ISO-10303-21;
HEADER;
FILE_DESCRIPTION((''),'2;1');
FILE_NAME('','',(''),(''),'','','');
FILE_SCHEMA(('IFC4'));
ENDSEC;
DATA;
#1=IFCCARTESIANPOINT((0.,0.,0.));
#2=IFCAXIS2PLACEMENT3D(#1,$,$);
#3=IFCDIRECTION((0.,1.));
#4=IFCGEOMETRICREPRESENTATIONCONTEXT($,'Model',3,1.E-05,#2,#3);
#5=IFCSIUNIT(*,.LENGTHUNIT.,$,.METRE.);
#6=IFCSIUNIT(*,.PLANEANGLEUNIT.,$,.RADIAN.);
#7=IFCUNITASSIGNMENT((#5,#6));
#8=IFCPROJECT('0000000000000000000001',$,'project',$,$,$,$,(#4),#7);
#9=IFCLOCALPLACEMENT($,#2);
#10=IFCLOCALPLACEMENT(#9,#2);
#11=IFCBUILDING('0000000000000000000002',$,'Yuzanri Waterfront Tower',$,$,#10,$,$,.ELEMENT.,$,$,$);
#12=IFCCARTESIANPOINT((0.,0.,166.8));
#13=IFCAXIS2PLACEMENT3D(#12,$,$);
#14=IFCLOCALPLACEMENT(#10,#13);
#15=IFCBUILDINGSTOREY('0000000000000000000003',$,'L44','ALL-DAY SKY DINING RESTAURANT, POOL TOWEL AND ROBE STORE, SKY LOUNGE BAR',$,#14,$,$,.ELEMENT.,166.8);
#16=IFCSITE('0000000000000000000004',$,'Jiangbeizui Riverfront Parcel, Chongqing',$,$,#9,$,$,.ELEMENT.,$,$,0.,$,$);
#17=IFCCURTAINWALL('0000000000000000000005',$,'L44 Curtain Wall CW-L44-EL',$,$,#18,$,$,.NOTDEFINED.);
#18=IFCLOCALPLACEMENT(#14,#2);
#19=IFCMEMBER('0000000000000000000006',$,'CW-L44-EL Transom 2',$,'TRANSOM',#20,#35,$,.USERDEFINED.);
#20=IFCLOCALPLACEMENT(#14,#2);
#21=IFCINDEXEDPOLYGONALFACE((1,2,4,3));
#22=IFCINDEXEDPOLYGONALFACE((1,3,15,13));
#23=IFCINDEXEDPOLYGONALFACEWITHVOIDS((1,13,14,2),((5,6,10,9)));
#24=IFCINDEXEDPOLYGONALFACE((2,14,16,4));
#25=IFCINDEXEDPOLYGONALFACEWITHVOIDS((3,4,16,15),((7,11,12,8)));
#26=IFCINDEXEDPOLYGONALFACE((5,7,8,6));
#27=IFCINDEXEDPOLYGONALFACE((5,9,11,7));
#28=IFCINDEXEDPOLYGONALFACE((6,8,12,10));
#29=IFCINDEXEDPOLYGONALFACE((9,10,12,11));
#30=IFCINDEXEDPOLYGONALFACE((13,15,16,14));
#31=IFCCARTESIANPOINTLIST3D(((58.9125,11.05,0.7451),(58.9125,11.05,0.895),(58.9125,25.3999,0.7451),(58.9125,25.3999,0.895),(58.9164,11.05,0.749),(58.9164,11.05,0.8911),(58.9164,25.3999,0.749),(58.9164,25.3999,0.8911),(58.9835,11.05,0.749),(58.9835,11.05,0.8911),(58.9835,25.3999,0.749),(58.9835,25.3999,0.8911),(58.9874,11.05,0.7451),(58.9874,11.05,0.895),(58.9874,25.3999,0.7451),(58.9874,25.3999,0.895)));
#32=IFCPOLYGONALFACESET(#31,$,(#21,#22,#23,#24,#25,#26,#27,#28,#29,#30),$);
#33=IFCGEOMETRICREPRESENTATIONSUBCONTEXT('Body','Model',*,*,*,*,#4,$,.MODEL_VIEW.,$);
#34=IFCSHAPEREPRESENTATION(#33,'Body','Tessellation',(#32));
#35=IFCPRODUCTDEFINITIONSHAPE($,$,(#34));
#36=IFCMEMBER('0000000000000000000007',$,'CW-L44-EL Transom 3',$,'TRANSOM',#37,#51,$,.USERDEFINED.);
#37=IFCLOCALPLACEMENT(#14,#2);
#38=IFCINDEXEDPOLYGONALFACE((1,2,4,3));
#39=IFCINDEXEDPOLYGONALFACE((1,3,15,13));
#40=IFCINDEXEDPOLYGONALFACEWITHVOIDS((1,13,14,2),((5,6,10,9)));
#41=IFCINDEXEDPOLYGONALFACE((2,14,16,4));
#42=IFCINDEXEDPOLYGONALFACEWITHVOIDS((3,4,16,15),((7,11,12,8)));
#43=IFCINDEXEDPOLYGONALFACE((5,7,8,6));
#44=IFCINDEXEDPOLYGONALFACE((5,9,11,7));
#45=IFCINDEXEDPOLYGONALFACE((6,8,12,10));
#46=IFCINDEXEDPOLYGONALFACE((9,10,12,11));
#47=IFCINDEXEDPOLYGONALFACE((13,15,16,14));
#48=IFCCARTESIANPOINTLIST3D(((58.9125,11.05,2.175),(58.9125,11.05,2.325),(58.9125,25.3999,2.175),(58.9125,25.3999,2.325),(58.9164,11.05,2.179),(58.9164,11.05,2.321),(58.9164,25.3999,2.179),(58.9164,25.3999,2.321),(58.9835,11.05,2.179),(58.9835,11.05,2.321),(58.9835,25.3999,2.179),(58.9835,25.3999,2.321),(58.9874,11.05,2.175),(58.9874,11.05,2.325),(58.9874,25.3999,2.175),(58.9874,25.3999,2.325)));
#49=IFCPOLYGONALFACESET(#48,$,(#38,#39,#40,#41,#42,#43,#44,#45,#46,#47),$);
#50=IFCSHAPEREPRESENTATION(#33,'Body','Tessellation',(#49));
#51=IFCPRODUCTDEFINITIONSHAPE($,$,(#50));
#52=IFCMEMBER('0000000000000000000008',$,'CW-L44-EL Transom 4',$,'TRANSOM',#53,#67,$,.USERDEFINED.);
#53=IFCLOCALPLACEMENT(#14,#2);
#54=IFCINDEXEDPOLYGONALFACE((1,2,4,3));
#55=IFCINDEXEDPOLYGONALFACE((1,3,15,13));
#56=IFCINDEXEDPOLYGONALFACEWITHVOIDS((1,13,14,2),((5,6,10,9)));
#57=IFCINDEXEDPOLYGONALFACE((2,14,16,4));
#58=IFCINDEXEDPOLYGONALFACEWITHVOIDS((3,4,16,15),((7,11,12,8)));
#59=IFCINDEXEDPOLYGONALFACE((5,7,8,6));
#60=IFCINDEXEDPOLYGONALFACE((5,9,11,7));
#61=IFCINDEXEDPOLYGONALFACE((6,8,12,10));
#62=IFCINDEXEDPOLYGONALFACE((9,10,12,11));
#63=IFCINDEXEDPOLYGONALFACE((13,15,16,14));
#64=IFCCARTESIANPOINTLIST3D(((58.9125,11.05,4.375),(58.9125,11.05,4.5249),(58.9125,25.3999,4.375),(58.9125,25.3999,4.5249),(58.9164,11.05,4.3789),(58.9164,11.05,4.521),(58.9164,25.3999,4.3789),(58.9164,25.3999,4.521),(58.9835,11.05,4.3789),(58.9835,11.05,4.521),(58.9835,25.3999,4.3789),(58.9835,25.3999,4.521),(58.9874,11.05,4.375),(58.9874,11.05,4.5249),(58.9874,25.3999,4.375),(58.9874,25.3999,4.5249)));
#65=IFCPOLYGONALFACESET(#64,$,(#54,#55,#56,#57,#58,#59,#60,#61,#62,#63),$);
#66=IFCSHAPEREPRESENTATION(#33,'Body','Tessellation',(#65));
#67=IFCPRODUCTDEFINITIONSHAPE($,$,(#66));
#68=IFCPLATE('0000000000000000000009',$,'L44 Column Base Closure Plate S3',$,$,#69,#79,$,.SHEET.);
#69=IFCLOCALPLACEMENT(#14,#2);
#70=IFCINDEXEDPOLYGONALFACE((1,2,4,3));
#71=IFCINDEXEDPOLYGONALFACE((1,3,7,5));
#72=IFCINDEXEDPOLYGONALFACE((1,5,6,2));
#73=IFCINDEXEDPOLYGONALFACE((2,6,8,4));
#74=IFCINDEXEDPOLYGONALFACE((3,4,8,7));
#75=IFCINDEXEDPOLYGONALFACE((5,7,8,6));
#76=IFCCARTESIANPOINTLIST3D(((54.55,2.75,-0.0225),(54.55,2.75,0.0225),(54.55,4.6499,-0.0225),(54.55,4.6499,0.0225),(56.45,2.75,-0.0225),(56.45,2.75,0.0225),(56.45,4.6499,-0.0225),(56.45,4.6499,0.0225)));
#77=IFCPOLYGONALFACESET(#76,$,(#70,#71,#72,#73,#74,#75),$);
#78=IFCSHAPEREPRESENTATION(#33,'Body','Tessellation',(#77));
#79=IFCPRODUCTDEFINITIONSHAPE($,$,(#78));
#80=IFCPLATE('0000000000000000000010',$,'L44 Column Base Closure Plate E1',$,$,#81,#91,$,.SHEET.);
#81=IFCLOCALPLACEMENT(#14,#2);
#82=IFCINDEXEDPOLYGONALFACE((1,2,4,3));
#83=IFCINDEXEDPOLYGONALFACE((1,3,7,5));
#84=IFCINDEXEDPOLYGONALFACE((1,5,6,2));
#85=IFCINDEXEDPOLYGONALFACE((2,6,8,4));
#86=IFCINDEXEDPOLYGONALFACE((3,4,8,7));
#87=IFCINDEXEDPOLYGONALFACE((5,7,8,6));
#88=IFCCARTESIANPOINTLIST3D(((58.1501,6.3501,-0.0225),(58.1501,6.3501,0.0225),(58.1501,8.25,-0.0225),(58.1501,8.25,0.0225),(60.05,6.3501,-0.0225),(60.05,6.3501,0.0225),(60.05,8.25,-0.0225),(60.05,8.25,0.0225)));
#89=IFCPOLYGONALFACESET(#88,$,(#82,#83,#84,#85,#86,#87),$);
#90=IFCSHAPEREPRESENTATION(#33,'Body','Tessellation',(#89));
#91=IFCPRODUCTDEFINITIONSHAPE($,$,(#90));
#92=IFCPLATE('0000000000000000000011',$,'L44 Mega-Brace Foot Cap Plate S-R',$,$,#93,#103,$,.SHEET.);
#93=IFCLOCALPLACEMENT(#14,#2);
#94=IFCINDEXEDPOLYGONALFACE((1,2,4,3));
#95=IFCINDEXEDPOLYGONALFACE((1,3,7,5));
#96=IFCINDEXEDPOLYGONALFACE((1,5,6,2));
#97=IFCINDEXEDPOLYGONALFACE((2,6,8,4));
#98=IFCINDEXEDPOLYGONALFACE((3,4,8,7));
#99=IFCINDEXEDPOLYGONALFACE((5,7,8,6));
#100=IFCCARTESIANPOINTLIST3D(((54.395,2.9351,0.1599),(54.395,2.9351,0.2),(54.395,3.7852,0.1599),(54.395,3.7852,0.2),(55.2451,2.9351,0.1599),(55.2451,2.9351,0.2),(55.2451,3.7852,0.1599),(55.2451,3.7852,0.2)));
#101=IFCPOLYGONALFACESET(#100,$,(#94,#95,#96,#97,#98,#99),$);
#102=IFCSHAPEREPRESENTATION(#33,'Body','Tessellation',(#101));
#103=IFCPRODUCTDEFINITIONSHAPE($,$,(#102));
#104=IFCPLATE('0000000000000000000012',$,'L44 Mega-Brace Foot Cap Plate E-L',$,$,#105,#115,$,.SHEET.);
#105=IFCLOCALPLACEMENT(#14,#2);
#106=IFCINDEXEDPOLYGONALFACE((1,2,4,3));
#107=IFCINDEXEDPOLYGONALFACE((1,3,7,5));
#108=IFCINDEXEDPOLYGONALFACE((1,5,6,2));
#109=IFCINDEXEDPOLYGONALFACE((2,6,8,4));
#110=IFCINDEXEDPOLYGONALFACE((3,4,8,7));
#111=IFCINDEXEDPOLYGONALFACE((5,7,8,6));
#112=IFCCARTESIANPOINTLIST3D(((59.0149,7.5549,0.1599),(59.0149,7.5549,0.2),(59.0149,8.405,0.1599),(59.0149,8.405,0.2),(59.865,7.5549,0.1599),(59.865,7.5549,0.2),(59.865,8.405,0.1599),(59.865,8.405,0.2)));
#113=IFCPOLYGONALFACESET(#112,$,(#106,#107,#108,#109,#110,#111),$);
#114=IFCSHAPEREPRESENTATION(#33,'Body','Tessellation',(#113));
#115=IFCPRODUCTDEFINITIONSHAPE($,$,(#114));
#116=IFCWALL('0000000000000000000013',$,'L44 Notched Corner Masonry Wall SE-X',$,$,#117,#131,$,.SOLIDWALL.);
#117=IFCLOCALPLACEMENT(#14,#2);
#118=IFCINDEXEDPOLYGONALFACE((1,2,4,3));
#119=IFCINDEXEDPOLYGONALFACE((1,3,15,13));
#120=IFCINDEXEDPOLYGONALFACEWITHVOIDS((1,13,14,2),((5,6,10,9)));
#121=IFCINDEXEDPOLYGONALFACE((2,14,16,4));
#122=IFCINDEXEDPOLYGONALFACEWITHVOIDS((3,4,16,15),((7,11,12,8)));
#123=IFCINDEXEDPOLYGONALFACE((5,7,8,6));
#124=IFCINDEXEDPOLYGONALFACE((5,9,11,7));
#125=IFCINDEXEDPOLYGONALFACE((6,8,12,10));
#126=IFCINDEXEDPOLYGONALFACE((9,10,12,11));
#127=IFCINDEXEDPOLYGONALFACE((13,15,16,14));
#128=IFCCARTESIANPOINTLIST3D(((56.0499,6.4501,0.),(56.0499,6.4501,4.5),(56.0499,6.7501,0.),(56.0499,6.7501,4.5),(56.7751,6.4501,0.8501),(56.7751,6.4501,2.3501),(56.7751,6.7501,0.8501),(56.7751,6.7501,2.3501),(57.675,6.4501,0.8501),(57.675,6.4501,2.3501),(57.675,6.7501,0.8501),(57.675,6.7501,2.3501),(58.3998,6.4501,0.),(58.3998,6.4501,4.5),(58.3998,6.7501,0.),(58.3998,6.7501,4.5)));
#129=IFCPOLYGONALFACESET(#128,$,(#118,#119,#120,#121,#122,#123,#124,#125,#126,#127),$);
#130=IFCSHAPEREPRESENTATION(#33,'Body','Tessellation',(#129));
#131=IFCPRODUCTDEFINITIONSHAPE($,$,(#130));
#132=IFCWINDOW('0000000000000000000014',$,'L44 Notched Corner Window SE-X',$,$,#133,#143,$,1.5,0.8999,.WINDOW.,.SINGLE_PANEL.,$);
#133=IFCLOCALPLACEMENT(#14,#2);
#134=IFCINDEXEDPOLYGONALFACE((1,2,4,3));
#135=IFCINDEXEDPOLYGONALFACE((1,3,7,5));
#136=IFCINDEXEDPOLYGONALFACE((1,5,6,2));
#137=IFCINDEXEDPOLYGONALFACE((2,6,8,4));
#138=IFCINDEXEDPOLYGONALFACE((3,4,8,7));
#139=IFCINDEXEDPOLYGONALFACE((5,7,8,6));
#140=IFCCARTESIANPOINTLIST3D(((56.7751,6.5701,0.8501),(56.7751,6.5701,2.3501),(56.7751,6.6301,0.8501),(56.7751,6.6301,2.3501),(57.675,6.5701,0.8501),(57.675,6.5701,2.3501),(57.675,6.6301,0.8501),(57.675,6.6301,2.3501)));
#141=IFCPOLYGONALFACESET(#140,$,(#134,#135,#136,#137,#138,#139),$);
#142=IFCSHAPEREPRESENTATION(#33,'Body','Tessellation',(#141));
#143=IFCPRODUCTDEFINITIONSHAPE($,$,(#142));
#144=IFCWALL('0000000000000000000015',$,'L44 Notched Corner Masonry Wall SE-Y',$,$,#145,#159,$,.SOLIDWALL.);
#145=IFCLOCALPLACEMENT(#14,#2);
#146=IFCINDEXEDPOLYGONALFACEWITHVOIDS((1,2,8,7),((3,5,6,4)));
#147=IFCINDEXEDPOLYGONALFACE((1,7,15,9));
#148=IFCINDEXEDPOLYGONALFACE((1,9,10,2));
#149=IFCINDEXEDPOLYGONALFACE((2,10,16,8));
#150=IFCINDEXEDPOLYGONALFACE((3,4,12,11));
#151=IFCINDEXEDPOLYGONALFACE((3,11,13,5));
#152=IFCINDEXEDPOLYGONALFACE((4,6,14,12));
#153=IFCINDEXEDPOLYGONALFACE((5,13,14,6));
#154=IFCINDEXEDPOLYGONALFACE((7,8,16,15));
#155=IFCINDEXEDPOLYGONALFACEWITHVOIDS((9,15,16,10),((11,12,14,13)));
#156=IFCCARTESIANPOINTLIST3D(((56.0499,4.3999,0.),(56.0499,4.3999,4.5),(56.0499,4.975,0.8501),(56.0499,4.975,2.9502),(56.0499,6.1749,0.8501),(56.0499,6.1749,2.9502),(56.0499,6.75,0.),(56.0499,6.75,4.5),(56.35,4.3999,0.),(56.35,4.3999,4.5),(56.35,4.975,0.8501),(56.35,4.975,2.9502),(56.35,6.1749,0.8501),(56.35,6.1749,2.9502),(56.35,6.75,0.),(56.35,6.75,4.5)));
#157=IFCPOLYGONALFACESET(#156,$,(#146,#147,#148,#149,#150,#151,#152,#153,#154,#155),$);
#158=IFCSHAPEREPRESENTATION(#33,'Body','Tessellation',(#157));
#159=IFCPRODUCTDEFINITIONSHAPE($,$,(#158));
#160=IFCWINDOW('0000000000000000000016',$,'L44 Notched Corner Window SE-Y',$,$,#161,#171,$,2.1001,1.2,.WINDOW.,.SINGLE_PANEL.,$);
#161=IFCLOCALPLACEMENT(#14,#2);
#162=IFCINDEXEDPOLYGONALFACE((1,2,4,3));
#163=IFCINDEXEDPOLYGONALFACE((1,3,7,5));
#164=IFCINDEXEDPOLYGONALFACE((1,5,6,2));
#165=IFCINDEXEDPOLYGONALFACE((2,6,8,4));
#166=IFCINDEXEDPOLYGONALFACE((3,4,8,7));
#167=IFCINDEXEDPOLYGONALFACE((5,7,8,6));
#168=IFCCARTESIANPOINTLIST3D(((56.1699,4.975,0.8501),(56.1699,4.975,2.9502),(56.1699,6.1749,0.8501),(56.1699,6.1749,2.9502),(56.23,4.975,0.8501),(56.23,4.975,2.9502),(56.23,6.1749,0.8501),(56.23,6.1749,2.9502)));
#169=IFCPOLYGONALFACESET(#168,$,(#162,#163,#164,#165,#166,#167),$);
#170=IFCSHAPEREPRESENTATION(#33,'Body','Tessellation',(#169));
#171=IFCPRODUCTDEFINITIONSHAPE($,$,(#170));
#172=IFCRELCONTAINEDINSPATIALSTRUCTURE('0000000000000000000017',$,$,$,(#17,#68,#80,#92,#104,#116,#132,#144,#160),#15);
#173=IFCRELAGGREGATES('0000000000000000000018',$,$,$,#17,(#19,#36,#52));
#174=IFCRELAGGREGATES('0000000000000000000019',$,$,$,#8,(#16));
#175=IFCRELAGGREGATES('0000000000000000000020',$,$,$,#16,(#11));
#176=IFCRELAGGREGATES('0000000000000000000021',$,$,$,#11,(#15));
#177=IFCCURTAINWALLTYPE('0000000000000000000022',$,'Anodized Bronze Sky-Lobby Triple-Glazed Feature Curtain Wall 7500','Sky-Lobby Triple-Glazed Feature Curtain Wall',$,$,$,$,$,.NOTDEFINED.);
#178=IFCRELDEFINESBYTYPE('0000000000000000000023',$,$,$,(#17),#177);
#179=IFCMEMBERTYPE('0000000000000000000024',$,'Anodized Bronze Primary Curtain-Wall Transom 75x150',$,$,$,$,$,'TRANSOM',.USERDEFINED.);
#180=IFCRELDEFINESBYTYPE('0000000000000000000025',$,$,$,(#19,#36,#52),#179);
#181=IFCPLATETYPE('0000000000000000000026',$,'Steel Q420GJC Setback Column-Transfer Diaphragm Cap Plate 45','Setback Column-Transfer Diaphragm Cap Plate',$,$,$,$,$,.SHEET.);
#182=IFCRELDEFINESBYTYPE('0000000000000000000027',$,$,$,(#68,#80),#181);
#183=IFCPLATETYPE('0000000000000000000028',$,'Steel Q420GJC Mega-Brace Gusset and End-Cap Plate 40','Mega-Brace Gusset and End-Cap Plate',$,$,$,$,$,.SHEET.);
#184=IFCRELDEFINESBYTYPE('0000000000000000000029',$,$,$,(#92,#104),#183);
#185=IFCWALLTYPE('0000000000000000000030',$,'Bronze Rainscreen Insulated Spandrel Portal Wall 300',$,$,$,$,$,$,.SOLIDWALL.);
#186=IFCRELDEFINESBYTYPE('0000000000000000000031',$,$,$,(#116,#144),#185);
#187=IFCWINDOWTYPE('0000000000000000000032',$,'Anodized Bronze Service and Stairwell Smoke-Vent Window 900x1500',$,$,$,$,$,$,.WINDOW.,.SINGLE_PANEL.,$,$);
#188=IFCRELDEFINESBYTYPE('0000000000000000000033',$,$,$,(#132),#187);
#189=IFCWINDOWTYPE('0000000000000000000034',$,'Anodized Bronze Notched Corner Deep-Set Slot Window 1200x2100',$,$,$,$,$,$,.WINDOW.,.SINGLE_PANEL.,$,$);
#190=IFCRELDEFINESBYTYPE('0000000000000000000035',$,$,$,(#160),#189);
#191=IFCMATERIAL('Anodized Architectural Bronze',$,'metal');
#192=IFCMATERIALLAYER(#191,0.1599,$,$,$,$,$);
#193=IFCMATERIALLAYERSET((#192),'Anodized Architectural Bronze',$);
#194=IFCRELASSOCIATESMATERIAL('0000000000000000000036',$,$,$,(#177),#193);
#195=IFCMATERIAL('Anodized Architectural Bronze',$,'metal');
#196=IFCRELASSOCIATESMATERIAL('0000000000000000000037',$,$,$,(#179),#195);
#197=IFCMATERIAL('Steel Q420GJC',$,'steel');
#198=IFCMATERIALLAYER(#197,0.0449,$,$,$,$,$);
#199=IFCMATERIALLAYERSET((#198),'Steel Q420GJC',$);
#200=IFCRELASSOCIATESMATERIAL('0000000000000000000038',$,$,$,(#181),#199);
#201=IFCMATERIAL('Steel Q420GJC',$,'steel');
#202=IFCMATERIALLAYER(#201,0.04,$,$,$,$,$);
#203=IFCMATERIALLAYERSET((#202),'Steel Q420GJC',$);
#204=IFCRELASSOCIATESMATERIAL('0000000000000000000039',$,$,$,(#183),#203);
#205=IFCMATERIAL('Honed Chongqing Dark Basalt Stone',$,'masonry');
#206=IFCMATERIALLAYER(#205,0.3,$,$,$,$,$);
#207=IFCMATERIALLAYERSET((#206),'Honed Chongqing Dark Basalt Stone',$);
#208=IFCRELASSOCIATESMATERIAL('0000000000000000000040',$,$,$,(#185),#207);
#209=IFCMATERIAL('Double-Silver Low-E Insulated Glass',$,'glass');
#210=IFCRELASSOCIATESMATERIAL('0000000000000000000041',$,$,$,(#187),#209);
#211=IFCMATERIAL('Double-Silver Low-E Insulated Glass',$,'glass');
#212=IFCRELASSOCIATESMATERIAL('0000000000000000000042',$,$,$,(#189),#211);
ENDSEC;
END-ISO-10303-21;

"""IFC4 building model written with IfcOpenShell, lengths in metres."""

from ifc_helpers import new_model, si_unit, direction, frame, frame_2d, origin, origin_2d, place, context, subcontext, project, spatial, rectangle, hollow_rectangle, extrude, source, transform, mapped, material, layer, layer_set, material_profile, profile_set, type_object, element, fill, aggregate, save


model = new_model("IFC4")

# Units and contexts
model_context = context("Model", 3, precision=1e-05, world=origin(), true_north=direction((0.0, 1.0)))
body_context = subcontext(model_context, "Body", "Model", "MODEL_VIEW")
ifc_project = project(units=[si_unit("LENGTHUNIT", "METRE"), si_unit("PLANEANGLEUNIT", "RADIAN")], contexts=[model_context])

# Site, building, storey
site_placement = place(None, origin())
site = spatial("IfcSite", under=ifc_project, at=site_placement, Name="Jiangbeizui Riverfront Parcel, Chongqing", CompositionType="ELEMENT", RefElevation=0.0)
building_placement = place(site_placement, origin())
building = spatial("IfcBuilding", under=site, at=building_placement, Name="Yuzanri Waterfront Tower", CompositionType="ELEMENT")
storey_placement = place(building_placement, frame((0.0, 0.0, 166.8)))
storey = spatial("IfcBuildingStorey", under=building, at=storey_placement, Name="L44", Description="ALL-DAY SKY DINING RESTAURANT, POOL TOWEL AND ROBE STORE, SKY LOUNGE BAR", CompositionType="ELEMENT", Elevation=166.8)

# Curtain wall, members
ifc_material_1 = material(Name="Anodized Architectural Bronze", Category="metal")
ifc_layer_1 = layer(ifc_material_1, 0.1599)
ifc_layer_set_1 = layer_set([ifc_layer_1], Name="Anodized Architectural Bronze")
curtain_wall_type = type_object("IfcCurtainWallType", Name="Anodized Bronze Sky-Lobby Triple-Glazed Feature Curtain Wall 7500", Description="Sky-Lobby Triple-Glazed Feature Curtain Wall", PredefinedType="NOTDEFINED", material=ifc_layer_set_1)
curtain_wall_1_placement = place(storey_placement, origin())
curtain_wall_1 = element("IfcCurtainWall", 1, at=curtain_wall_1_placement, inside=storey, type_object=curtain_wall_type, Name="L44 Curtain Wall CW-L44-EL", PredefinedType="NOTDEFINED")
ifc_material_2 = material(Name="Anodized Architectural Bronze", Category="metal")
ifc_material_profile_1 = material_profile(ifc_material_2, hollow_rectangle(XDim=0.075, YDim=0.1499, WallThickness=0.0039, at=origin_2d()), Name="CWT 75x150")
ifc_profile_set_1 = profile_set([ifc_material_profile_1], Name="Anodized Architectural Bronze")
member_type_1 = type_object("IfcMemberType", Name="Anodized Bronze Primary Curtain-Wall Transom 75x150", ElementType="TRANSOM", PredefinedType="USERDEFINED", material=ifc_profile_set_1)
shared_shape_1 = source(origin(), body_context, "Body", "SweptSolid", [
    extrude(hollow_rectangle(XDim=0.075, YDim=0.1499, WallThickness=0.0039, at=origin_2d()), origin(), (0.0, 0.0, 1.0), 14.3499),
])
member_1_placement = place(storey_placement, frame((58.95, 11.05, 0.8201), z_axis=(0.0, 1.0, 0.0), x_axis=(-1.0, 0.0, 0.0)))
member_1 = element("IfcMember", 2, at=member_1_placement, type_object=member_type_1, Name="CW-L44-EL Transom 2", ObjectType="TRANSOM", PredefinedType="USERDEFINED", context=body_context, shape_type="MappedRepresentation", body=[
    mapped(shared_shape_1, transform((0.0, 0.0, 0.0), scale=1.0)),
])
member_2_placement = place(storey_placement, frame((58.95, 11.05, 2.25), z_axis=(0.0, 1.0, 0.0), x_axis=(-1.0, 0.0, 0.0)))
member_2 = element("IfcMember", 3, at=member_2_placement, type_object=member_type_1, Name="CW-L44-EL Transom 3", ObjectType="TRANSOM", PredefinedType="USERDEFINED", context=body_context, shape_type="MappedRepresentation", body=[
    mapped(shared_shape_1, transform((0.0, 0.0, 0.0), scale=1.0)),
])
member_3_placement = place(storey_placement, frame((58.95, 11.05, 4.45), z_axis=(0.0, 1.0, 0.0), x_axis=(-1.0, 0.0, 0.0)))
member_3 = element("IfcMember", 4, at=member_3_placement, type_object=member_type_1, Name="CW-L44-EL Transom 4", ObjectType="TRANSOM", PredefinedType="USERDEFINED", context=body_context, shape_type="MappedRepresentation", body=[
    mapped(shared_shape_1, transform((0.0, 0.0, 0.0), scale=1.0)),
])
aggregate(curtain_wall_1, [member_1, member_2, member_3])

# Plates
ifc_material_3 = material(Name="Steel Q420GJC", Category="steel")
ifc_layer_2 = layer(ifc_material_3, 0.0449)
ifc_layer_set_2 = layer_set([ifc_layer_2], Name="Steel Q420GJC")
plate_type_1 = type_object("IfcPlateType", Name="Steel Q420GJC Setback Column-Transfer Diaphragm Cap Plate 45", Description="Setback Column-Transfer Diaphragm Cap Plate", PredefinedType="SHEET", material=ifc_layer_set_2)
shared_shape_2 = source(origin(), body_context, "Body", "SweptSolid", [
    extrude(rectangle(XDim=1.8999, YDim=1.8999, at=origin_2d()), origin(), (0.0, 0.0, 1.0), 0.0449),
])
for number, where, z_axis, x_axis, name in (
    (5, (55.5, 3.7, -0.0225), (0.0, 0.0, 1.0), (1.0, 0.0, 0.0), "L44 Column Base Closure Plate S3"),
    (6, (59.1001, 7.3, -0.0225), (0.0, 0.0, 1.0), (1.0, 0.0, 0.0), "L44 Column Base Closure Plate E1"),
):
    element("IfcPlate", number, at=place(storey_placement, frame(where, z_axis=z_axis, x_axis=x_axis)), inside=storey, type_object=plate_type_1, Name=name, PredefinedType="SHEET", context=body_context, shape_type="MappedRepresentation", body=[
        mapped(shared_shape_2, transform((0.0, 0.0, 0.0), scale=1.0)),
    ])
ifc_material_4 = material(Name="Steel Q420GJC", Category="steel")
ifc_layer_3 = layer(ifc_material_4, 0.04)
ifc_layer_set_3 = layer_set([ifc_layer_3], Name="Steel Q420GJC")
plate_type_2 = type_object("IfcPlateType", Name="Steel Q420GJC Mega-Brace Gusset and End-Cap Plate 40", Description="Mega-Brace Gusset and End-Cap Plate", PredefinedType="SHEET", material=ifc_layer_set_3)
shared_shape_3 = source(origin(), body_context, "Body", "SweptSolid", [
    extrude(rectangle(XDim=0.8501, YDim=0.8501, at=origin_2d()), origin(), (0.0, 0.0, 1.0), 0.04),
])
for number, where, z_axis, x_axis, name in (
    (7, (54.8201, 3.3601, 0.1599), (0.0, 0.0, 1.0), (1.0, 0.0, 0.0), "L44 Mega-Brace Foot Cap Plate S-R"),
    (8, (59.4399, 7.98, 0.1599), (0.0, 0.0, 1.0), (1.0, 0.0, 0.0), "L44 Mega-Brace Foot Cap Plate E-L"),
):
    element("IfcPlate", number, at=place(storey_placement, frame(where, z_axis=z_axis, x_axis=x_axis)), inside=storey, type_object=plate_type_2, Name=name, PredefinedType="SHEET", context=body_context, shape_type="MappedRepresentation", body=[
        mapped(shared_shape_3, transform((0.0, 0.0, 0.0), scale=1.0)),
    ])

# Walls, openings, windows
ifc_material_5 = material(Name="Honed Chongqing Dark Basalt Stone", Category="masonry")
ifc_layer_4 = layer(ifc_material_5, 0.3)
ifc_layer_set_4 = layer_set([ifc_layer_4], Name="Honed Chongqing Dark Basalt Stone")
wall_type = type_object("IfcWallType", Name="Bronze Rainscreen Insulated Spandrel Portal Wall 300", PredefinedType="SOLIDWALL", material=ifc_layer_set_4)
wall_1_placement = place(storey_placement, frame((56.05, 6.6001, 0.0), z_axis=(0.0, 0.0, 1.0), x_axis=(1.0, 0.0, 0.0)))
wall_1 = element("IfcWall", 9, at=wall_1_placement, inside=storey, type_object=wall_type, Name="L44 Notched Corner Masonry Wall SE-X", PredefinedType="SOLIDWALL", context=body_context, shape_type="SweptSolid", body=[
    extrude(rectangle(XDim=2.3499, YDim=0.3, at=frame_2d((1.1748, 0.0))), origin(), (0.0, 0.0, 1.0), 4.5),
])
opening_1_placement = place(wall_1_placement, frame((0.7251, 0.0, 0.8501)))
opening_1 = element("IfcOpeningElement", 10, at=opening_1_placement, cuts=wall_1, PredefinedType="OPENING", context=body_context, shape_type="SweptSolid", body=[
    extrude(rectangle(XDim=0.8999, YDim=1.5, at=frame_2d((0.45, 0.75))), frame((0.0, 0.165, 0.0), z_axis=(0.0, -1.0, 0.0), x_axis=(1.0, 0.0, 0.0)), (0.0, 0.0, 1.0), 0.3298),
])
ifc_material_6 = material(Name="Double-Silver Low-E Insulated Glass", Category="glass")
window_type_1 = type_object("IfcWindowType", Name="Anodized Bronze Service and Stairwell Smoke-Vent Window 900x1500", PartitioningType="SINGLE_PANEL", PredefinedType="WINDOW", material=ifc_material_6)
shared_shape_4 = source(origin(), body_context, "Body", "SweptSolid", [
    extrude(rectangle(XDim=0.8999, YDim=1.5, at=frame_2d((0.45, 0.75))), frame((0.0, 0.03, 0.0), z_axis=(0.0, -1.0, 0.0), x_axis=(1.0, 0.0, 0.0)), (0.0, 0.0, 1.0), 0.0601),
])
window_1_placement = place(opening_1_placement, origin())
window_1 = element("IfcWindow", 11, at=window_1_placement, inside=storey, type_object=window_type_1, Name="L44 Notched Corner Window SE-X", OverallHeight=1.5, OverallWidth=0.8999, PartitioningType="SINGLE_PANEL", PredefinedType="WINDOW", context=body_context, shape_type="MappedRepresentation", body=[
    mapped(shared_shape_4, transform((0.0, 0.0, 0.0), scale=1.0)),
])
fill(opening_1, window_1)
wall_2_placement = place(storey_placement, frame((56.2, 4.3999, 0.0), z_axis=(0.0, 0.0, 1.0), x_axis=(0.0, 1.0, 0.0)))
wall_2 = element("IfcWall", 12, at=wall_2_placement, inside=storey, type_object=wall_type, Name="L44 Notched Corner Masonry Wall SE-Y", PredefinedType="SOLIDWALL", context=body_context, shape_type="SweptSolid", body=[
    extrude(rectangle(XDim=2.3501, YDim=0.3, at=frame_2d((1.175, 0.0))), origin(), (0.0, 0.0, 1.0), 4.5),
])
opening_2_placement = place(wall_2_placement, frame((0.575, 0.0, 0.8501)))
opening_2 = element("IfcOpeningElement", 13, at=opening_2_placement, cuts=wall_2, PredefinedType="OPENING", context=body_context, shape_type="SweptSolid", body=[
    extrude(rectangle(XDim=1.2, YDim=2.1001, at=frame_2d((0.6001, 1.05))), frame((0.0, 0.165, 0.0), z_axis=(0.0, -1.0, 0.0), x_axis=(1.0, 0.0, 0.0)), (0.0, 0.0, 1.0), 0.3298),
])
ifc_material_7 = material(Name="Double-Silver Low-E Insulated Glass", Category="glass")
window_type_2 = type_object("IfcWindowType", Name="Anodized Bronze Notched Corner Deep-Set Slot Window 1200x2100", PartitioningType="SINGLE_PANEL", PredefinedType="WINDOW", material=ifc_material_7)
shared_shape_5 = source(origin(), body_context, "Body", "SweptSolid", [
    extrude(rectangle(XDim=1.2, YDim=2.1001, at=frame_2d((0.6001, 1.05))), frame((0.0, 0.03, 0.0), z_axis=(0.0, -1.0, 0.0), x_axis=(1.0, 0.0, 0.0)), (0.0, 0.0, 1.0), 0.0601),
])
window_2_placement = place(opening_2_placement, origin())
window_2 = element("IfcWindow", 14, at=window_2_placement, inside=storey, type_object=window_type_2, Name="L44 Notched Corner Window SE-Y", OverallHeight=2.1001, OverallWidth=1.2, PartitioningType="SINGLE_PANEL", PredefinedType="WINDOW", context=body_context, shape_type="MappedRepresentation", body=[
    mapped(shared_shape_5, transform((0.0, 0.0, 0.0), scale=1.0)),
])
fill(opening_2, window_2)

save(model, "model.ifc")
